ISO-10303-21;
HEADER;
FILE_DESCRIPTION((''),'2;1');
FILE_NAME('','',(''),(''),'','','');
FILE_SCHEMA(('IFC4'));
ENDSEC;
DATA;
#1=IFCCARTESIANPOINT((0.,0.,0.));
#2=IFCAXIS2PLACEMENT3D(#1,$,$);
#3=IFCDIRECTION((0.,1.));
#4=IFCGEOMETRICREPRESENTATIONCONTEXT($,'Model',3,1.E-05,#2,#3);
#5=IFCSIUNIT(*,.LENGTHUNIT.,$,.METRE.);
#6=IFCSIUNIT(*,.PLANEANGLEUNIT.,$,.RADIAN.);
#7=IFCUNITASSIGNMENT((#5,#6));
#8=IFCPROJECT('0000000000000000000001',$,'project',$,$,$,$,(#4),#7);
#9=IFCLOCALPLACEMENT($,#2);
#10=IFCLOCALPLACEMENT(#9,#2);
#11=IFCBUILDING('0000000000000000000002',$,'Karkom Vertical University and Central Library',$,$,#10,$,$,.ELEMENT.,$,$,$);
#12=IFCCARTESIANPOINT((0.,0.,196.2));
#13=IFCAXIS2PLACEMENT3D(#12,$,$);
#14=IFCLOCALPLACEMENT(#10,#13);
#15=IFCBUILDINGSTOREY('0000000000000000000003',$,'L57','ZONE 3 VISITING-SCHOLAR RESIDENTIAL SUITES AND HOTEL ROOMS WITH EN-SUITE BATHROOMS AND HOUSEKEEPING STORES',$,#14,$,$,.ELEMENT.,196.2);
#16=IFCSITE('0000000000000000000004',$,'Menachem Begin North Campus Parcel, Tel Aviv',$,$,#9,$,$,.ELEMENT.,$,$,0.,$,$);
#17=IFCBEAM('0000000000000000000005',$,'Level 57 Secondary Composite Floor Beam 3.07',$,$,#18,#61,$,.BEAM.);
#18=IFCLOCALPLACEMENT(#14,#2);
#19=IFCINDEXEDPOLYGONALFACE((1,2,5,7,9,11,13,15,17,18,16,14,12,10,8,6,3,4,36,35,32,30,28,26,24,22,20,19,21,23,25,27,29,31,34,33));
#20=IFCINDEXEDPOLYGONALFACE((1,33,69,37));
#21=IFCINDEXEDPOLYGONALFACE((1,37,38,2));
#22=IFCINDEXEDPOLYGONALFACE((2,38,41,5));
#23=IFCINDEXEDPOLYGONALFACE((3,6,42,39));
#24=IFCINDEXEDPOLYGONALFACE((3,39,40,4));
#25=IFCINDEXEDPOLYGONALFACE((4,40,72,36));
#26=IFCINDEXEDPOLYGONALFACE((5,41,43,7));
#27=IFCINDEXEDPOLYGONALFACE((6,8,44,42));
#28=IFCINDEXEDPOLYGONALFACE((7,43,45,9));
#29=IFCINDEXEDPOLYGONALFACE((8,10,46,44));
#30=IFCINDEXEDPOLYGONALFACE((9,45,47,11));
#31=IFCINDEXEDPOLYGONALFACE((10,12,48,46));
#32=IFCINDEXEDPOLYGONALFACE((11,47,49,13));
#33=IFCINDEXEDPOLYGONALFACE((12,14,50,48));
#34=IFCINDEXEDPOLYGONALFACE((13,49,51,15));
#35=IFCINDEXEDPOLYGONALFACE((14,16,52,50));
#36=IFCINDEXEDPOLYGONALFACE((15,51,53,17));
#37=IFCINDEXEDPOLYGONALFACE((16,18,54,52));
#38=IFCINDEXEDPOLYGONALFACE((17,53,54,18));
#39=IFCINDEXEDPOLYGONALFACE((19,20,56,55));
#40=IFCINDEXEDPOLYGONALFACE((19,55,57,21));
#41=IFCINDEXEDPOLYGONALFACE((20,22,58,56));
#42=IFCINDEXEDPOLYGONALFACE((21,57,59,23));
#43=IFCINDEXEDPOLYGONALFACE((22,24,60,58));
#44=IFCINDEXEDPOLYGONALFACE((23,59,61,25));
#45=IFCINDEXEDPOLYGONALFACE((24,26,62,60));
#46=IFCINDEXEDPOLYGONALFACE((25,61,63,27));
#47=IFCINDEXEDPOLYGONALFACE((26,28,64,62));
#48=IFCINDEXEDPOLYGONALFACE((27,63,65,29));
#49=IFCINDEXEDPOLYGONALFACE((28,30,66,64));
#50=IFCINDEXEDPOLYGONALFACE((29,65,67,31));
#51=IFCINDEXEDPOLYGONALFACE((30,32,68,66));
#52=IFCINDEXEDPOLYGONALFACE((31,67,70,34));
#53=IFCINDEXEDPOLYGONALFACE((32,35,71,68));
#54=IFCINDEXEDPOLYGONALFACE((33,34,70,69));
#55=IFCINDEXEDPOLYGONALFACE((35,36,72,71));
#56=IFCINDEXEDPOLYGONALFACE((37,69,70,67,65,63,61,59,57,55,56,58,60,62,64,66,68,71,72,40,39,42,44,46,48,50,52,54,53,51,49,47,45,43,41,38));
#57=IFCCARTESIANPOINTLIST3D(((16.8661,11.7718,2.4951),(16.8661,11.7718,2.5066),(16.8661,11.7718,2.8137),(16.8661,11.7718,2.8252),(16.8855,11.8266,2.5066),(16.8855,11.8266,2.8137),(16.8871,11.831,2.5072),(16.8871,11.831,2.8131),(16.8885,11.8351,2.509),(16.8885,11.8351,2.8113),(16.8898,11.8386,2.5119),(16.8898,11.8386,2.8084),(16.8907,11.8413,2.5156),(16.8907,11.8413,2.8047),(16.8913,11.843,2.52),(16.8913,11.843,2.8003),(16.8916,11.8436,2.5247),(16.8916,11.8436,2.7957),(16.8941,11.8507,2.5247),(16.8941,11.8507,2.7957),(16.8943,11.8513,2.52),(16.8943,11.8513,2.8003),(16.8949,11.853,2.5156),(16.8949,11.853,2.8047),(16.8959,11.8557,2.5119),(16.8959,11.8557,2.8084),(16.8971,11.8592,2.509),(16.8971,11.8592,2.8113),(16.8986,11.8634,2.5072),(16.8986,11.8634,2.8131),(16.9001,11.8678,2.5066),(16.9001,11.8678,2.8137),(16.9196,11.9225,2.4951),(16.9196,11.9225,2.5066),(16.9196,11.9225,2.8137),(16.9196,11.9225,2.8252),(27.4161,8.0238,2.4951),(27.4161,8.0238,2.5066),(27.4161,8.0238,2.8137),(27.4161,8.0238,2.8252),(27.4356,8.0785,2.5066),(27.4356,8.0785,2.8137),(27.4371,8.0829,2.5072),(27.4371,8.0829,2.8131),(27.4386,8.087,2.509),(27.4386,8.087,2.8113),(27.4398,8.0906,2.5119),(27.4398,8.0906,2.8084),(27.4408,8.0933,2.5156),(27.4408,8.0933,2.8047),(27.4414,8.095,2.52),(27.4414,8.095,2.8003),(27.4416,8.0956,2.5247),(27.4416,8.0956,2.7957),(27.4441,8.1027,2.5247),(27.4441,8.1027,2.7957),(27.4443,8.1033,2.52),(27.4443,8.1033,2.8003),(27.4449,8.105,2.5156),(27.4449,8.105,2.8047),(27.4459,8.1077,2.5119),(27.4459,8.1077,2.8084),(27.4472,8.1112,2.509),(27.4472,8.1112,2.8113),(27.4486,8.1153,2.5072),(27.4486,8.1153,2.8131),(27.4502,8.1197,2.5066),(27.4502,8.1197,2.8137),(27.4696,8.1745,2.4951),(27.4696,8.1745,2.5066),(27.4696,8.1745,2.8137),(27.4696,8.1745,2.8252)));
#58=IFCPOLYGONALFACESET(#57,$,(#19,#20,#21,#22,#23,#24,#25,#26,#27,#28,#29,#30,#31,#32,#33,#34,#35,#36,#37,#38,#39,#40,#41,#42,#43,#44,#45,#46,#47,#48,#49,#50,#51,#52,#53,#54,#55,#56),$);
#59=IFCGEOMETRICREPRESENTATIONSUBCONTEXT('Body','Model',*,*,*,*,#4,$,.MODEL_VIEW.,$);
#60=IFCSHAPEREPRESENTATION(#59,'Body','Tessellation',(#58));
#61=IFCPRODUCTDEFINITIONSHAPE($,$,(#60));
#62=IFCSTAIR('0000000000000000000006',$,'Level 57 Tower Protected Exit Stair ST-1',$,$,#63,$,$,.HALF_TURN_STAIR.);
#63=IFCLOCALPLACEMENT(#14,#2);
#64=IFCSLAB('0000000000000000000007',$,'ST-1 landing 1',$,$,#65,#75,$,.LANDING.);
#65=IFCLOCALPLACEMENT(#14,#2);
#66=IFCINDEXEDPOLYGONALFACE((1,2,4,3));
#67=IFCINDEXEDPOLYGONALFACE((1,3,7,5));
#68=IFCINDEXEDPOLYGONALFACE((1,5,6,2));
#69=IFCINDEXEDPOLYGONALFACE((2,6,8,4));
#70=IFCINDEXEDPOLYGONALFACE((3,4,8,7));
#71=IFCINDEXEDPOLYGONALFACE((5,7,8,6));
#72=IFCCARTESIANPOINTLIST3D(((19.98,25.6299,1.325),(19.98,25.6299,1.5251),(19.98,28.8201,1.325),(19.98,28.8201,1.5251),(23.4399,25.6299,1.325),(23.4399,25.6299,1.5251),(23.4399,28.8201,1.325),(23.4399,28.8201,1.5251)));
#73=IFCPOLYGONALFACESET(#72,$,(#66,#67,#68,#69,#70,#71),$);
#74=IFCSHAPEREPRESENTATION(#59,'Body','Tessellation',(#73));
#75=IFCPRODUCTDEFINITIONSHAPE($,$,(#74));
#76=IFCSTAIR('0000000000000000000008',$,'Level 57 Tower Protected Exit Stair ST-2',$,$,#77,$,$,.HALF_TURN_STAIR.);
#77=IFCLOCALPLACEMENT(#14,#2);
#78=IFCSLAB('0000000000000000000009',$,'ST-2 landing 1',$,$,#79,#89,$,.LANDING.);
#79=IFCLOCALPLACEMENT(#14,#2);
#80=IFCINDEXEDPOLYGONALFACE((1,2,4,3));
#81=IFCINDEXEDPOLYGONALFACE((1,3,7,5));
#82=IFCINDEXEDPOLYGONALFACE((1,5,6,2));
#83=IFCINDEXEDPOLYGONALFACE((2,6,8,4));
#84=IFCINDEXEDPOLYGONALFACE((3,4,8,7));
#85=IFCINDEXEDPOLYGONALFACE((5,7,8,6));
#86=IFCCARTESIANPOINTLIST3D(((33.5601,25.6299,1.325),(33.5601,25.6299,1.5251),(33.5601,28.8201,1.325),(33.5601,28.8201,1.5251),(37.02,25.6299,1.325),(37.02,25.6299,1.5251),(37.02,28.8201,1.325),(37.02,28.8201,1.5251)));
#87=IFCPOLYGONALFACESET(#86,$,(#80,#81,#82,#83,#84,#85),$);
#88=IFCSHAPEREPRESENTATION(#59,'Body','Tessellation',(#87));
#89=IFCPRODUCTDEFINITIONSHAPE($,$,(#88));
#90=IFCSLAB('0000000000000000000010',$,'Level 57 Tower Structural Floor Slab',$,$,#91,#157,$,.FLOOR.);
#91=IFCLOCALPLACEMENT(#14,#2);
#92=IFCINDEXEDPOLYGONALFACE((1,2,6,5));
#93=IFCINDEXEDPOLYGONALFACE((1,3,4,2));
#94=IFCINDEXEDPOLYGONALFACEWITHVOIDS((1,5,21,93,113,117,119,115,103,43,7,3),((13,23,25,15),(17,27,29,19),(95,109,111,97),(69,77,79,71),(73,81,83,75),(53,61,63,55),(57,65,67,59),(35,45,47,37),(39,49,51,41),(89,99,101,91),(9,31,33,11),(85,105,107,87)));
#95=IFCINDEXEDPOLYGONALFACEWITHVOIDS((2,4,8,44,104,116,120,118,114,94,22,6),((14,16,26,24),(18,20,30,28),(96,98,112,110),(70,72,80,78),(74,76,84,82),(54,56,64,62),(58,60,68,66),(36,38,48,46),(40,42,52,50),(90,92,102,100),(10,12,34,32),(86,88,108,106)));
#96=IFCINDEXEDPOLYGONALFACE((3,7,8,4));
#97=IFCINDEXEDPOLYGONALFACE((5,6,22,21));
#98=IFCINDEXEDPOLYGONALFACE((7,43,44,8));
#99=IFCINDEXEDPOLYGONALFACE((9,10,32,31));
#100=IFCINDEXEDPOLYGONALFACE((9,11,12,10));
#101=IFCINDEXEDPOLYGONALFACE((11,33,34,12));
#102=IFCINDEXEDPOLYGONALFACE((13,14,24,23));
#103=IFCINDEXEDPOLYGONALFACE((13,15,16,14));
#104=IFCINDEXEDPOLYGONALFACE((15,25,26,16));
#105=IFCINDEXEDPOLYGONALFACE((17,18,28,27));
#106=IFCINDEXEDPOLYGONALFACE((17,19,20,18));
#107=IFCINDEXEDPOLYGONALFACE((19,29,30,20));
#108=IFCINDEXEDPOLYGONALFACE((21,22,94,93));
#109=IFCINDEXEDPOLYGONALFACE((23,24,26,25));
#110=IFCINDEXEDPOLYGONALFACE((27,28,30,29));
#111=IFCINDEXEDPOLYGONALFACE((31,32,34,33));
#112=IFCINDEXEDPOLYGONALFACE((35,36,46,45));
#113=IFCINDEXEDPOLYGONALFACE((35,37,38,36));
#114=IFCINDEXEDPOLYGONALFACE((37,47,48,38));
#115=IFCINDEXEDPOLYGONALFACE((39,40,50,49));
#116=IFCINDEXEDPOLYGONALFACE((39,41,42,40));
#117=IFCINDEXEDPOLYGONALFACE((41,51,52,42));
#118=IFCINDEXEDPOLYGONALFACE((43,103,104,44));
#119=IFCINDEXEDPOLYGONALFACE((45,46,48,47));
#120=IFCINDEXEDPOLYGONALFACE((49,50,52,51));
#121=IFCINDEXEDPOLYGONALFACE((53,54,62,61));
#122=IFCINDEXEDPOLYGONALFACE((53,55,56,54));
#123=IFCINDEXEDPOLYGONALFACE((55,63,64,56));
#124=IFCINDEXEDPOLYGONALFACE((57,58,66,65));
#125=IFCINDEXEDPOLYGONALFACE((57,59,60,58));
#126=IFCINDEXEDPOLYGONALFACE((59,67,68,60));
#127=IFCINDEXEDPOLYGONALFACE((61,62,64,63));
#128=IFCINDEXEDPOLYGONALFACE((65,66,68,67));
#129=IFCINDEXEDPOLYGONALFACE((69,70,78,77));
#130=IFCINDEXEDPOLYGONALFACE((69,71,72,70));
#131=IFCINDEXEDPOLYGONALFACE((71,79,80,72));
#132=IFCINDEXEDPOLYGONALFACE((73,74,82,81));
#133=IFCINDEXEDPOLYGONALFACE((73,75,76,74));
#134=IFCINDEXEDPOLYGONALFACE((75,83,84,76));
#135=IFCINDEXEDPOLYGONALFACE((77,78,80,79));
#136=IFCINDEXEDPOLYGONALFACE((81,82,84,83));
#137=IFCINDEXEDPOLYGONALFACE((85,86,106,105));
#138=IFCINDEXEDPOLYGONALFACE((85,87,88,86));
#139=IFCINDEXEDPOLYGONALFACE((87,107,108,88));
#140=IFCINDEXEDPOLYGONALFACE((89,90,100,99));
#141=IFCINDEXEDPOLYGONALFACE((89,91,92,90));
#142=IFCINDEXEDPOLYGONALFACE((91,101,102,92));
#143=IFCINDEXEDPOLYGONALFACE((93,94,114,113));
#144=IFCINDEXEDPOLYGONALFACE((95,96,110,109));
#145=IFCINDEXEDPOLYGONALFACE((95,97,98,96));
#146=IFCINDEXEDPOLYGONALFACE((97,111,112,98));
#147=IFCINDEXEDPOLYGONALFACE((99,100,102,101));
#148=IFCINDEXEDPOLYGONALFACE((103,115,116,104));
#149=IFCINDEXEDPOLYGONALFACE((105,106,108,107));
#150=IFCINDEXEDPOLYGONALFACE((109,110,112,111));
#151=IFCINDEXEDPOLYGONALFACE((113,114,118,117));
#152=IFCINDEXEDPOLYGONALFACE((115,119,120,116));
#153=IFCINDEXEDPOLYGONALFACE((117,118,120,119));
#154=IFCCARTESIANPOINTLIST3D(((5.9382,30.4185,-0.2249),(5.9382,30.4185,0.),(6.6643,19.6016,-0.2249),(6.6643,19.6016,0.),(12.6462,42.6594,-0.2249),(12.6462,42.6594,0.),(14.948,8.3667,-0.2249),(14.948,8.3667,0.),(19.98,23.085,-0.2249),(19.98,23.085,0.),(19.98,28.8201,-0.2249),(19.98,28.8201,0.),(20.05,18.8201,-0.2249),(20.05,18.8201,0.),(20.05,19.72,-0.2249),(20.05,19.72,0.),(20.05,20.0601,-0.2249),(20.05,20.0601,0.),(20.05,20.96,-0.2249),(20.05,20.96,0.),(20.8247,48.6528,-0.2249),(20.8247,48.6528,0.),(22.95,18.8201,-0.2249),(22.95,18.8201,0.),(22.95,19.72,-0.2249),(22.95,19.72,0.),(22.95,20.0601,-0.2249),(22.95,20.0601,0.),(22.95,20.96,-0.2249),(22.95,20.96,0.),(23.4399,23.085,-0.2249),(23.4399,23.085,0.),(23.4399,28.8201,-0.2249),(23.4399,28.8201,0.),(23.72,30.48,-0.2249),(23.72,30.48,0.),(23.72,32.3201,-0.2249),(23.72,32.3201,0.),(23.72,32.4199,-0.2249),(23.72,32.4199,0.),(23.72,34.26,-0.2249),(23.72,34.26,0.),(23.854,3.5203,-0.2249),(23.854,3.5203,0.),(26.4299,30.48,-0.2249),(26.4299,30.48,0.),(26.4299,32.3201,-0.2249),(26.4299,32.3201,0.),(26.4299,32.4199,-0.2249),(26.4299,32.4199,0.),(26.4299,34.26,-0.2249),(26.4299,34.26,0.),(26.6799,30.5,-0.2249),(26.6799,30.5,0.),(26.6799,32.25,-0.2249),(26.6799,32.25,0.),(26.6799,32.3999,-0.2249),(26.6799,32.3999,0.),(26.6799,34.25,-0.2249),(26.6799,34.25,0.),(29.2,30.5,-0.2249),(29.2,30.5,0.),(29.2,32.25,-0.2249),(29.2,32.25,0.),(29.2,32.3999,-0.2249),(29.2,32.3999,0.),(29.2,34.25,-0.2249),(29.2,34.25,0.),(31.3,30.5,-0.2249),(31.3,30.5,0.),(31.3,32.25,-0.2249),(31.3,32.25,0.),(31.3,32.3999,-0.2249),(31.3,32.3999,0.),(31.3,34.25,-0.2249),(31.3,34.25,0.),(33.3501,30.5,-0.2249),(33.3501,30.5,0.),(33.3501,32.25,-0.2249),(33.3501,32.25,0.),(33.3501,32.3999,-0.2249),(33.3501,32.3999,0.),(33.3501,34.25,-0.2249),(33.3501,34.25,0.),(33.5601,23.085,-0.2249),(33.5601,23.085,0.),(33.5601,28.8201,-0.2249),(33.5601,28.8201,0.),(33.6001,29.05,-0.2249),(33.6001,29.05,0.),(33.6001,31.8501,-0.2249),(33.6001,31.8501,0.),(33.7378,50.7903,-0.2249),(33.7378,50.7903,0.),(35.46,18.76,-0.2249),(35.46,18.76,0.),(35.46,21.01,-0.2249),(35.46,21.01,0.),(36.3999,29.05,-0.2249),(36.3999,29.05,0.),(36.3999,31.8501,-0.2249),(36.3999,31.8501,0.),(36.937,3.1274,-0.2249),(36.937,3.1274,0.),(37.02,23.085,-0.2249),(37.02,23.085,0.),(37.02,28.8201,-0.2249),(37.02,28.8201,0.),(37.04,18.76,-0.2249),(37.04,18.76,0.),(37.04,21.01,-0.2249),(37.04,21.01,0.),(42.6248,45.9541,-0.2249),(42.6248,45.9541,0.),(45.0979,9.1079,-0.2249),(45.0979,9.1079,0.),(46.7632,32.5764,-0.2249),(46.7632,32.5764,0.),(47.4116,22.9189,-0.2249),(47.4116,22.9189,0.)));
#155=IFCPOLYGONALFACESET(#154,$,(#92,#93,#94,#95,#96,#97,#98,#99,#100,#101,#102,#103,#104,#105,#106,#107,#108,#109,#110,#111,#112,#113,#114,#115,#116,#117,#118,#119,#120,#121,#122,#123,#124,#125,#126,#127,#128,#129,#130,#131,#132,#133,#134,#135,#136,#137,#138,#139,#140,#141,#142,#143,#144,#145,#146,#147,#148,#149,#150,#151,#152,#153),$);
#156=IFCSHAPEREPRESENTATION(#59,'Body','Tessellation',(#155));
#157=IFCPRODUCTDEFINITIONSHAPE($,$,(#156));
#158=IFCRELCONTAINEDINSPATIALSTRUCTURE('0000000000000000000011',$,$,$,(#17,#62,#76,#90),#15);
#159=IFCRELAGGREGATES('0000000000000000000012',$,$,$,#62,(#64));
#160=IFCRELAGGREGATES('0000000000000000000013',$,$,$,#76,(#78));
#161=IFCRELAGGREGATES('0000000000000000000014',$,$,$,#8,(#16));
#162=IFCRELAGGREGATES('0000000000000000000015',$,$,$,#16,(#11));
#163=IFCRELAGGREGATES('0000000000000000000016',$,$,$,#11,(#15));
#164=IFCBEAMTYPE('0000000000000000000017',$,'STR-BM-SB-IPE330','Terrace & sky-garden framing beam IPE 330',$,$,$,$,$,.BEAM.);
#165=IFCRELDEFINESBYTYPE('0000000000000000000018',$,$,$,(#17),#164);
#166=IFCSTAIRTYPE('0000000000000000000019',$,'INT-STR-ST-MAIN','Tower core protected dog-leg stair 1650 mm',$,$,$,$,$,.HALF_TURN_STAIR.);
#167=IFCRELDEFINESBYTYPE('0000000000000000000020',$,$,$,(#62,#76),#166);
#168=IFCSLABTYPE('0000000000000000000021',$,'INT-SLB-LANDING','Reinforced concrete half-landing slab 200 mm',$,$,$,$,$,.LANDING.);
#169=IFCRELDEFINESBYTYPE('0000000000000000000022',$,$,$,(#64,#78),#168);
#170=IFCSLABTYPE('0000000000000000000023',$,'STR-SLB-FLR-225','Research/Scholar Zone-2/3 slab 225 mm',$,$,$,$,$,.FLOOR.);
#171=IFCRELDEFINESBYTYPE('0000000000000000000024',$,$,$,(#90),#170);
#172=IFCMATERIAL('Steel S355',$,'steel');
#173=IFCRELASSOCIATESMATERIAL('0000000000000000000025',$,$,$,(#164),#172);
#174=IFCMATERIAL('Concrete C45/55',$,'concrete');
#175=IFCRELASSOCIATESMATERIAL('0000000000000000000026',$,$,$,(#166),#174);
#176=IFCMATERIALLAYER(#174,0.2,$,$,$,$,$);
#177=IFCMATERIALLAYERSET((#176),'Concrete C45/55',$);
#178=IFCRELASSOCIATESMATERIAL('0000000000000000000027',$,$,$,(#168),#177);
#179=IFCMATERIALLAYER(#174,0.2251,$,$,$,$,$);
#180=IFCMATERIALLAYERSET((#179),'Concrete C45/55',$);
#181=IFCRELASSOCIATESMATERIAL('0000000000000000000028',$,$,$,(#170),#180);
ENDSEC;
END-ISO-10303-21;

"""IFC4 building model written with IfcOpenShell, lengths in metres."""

from ifc_helpers import new_model, si_unit, direction, frame, origin, origin_with_axes, origin_2d, place, context, subcontext, project, spatial, polyline, i_section, outline, extrude, source, transform, mapped, material, layer, layer_set, material_profile, profile_set, type_object, element, aggregate, save


model = new_model("IFC4")

# Units and contexts
model_context = context("Model", 3, precision=1e-05, world=origin(), true_north=direction((0.0, 1.0)))
body_context = subcontext(model_context, "Body", "Model", "MODEL_VIEW")
ifc_project = project(units=[si_unit("LENGTHUNIT", "METRE"), si_unit("PLANEANGLEUNIT", "RADIAN")], contexts=[model_context])

# Site, building, storey
site_placement = place(None, origin())
site = spatial("IfcSite", under=ifc_project, at=site_placement, Name="Menachem Begin North Campus Parcel, Tel Aviv", CompositionType="ELEMENT", RefElevation=0.0)
building_placement = place(site_placement, origin())
building = spatial("IfcBuilding", under=site, at=building_placement, Name="Karkom Vertical University and Central Library", CompositionType="ELEMENT")
storey_placement = place(building_placement, frame((0.0, 0.0, 196.2)))
storey = spatial("IfcBuildingStorey", under=building, at=storey_placement, Name="L57", Description="ZONE 3 VISITING-SCHOLAR RESIDENTIAL SUITES AND HOTEL ROOMS WITH EN-SUITE BATHROOMS AND HOUSEKEEPING STORES", CompositionType="ELEMENT", Elevation=196.2)

# Beam
ifc_material_1 = material(Name="Steel S355", Category="steel")
ifc_material_profile_1 = material_profile(ifc_material_1, i_section(OverallWidth=0.1599, OverallDepth=0.3301, WebThickness=0.0076, FlangeThickness=0.0115, FilletRadius=0.0181, at=origin_2d()), Name="IPE 330")
ifc_profile_set_1 = profile_set([ifc_material_profile_1], Name="Steel S355")
beam_type_1 = type_object("IfcBeamType", Name="STR-BM-SB-IPE330", Description="Terrace & sky-garden framing beam IPE 330", PredefinedType="BEAM", material=ifc_profile_set_1)
shared_shape_1 = source(origin_with_axes(), body_context, "Body", "SweptSolid", [
    extrude(i_section(OverallWidth=0.1599, OverallDepth=0.3301, WebThickness=0.0076, FlangeThickness=0.0115, FilletRadius=0.0181, at=origin_2d()), origin(), (0.0, 0.0, 1.0), 11.196),
])
beam_1_placement = place(storey_placement, frame((16.8928, 11.8472, 2.6602), z_axis=(0.942302, -0.334765, 0.0), x_axis=(0.334765, 0.942302, 0.0)))
element("IfcBeam", 1, at=beam_1_placement, inside=storey, type_object=beam_type_1, Name="Level 57 Secondary Composite Floor Beam 3.07", PredefinedType="BEAM", context=body_context, shape_type="MappedRepresentation", body=[
    mapped(shared_shape_1, transform((0.0, 0.0, 0.0), scale=1.0)),
])

# Stairs, slabs
ifc_material_2 = material(Name="Concrete C45/55", Category="concrete")
stair_type = type_object("IfcStairType", Name="INT-STR-ST-MAIN", Description="Tower core protected dog-leg stair 1650 mm", PredefinedType="HALF_TURN_STAIR", material=ifc_material_2)
stair_1_placement = place(storey_placement, origin())
stair_1 = element("IfcStair", 2, at=stair_1_placement, inside=storey, type_object=stair_type, Name="Level 57 Tower Protected Exit Stair ST-1", PredefinedType="HALF_TURN_STAIR")
ifc_layer_1 = layer(ifc_material_2, 0.2)
ifc_layer_set_1 = layer_set([ifc_layer_1], Name="Concrete C45/55")
slab_type_1 = type_object("IfcSlabType", Name="INT-SLB-LANDING", Description="Reinforced concrete half-landing slab 200 mm", PredefinedType="LANDING", material=ifc_layer_set_1)
slab_1_placement = place(storey_placement, frame((0.0, 0.0, 1.325)))
slab_1 = element("IfcSlab", 3, at=slab_1_placement, type_object=slab_type_1, Name="ST-1 landing 1", PredefinedType="LANDING", context=body_context, shape_type="SweptSolid", body=[
    extrude(outline(polyline([(23.4399, 25.6299), (23.4399, 28.8201), (19.98, 28.8201), (19.98, 25.6299), (23.4399, 25.6299)])), origin(), (0.0, 0.0, 1.0), 0.2002),
])
aggregate(stair_1, [slab_1])
stair_2_placement = place(storey_placement, origin())
stair_2 = element("IfcStair", 4, at=stair_2_placement, inside=storey, type_object=stair_type, Name="Level 57 Tower Protected Exit Stair ST-2", PredefinedType="HALF_TURN_STAIR")
slab_2_placement = place(storey_placement, frame((0.0, 0.0, 1.325)))
slab_2 = element("IfcSlab", 5, at=slab_2_placement, type_object=slab_type_1, Name="ST-2 landing 1", PredefinedType="LANDING", context=body_context, shape_type="SweptSolid", body=[
    extrude(outline(polyline([(37.02, 25.6299), (37.02, 28.8201), (33.5601, 28.8201), (33.5601, 25.6299), (37.02, 25.6299)])), origin(), (0.0, 0.0, 1.0), 0.2002),
])
aggregate(stair_2, [slab_2])

# Slab
ifc_layer_2 = layer(ifc_material_2, 0.2251)
ifc_layer_set_2 = layer_set([ifc_layer_2], Name="Concrete C45/55")
slab_type_2 = type_object("IfcSlabType", Name="STR-SLB-FLR-225", Description="Research/Scholar Zone-2/3 slab 225 mm", PredefinedType="FLOOR", material=ifc_layer_set_2)
slab_3_placement = place(storey_placement, frame((0.0, 0.0, -0.2249)))
element("IfcSlab", 6, at=slab_3_placement, inside=storey, type_object=slab_type_2, Name="Level 57 Tower Structural Floor Slab", PredefinedType="FLOOR", context=body_context, shape_type="SweptSolid", body=[
    extrude(outline(polyline([(5.9382, 30.4185), (6.6643, 19.6016), (14.948, 8.3667), (23.854, 3.5203), (36.937, 3.1274), (45.0979, 9.1079), (47.4116, 22.9189), (46.7632, 32.5764), (42.6248, 45.9541), (33.7378, 50.7903), (20.8247, 48.6528), (12.6462, 42.6594), (5.9382, 30.4185)]), holes=[polyline([(19.98, 23.085), (23.4399, 23.085), (23.4399, 28.8201), (19.98, 28.8201), (19.98, 23.085)]), polyline([(33.5601, 23.085), (37.02, 23.085), (37.02, 28.8201), (33.5601, 28.8201), (33.5601, 23.085)]), polyline([(26.6799, 30.5), (29.2, 30.5), (29.2, 32.25), (26.6799, 32.25), (26.6799, 30.5)]), polyline([(26.6799, 32.3999), (29.2, 32.3999), (29.2, 34.25), (26.6799, 34.25), (26.6799, 32.3999)]), polyline([(31.3, 30.5), (33.3501, 30.5), (33.3501, 32.25), (31.3, 32.25), (31.3, 30.5)]), polyline([(31.3, 32.3999), (33.3501, 32.3999), (33.3501, 34.25), (31.3, 34.25), (31.3, 32.3999)]), polyline([(23.72, 30.48), (26.4299, 30.48), (26.4299, 32.3201), (23.72, 32.3201), (23.72, 30.48)]), polyline([(23.72, 32.4199), (26.4299, 32.4199), (26.4299, 34.26), (23.72, 34.26), (23.72, 32.4199)]), polyline([(33.6001, 29.05), (36.3999, 29.05), (36.3999, 31.8501), (33.6001, 31.8501), (33.6001, 29.05)]), polyline([(20.05, 18.8201), (22.95, 18.8201), (22.95, 19.72), (20.05, 19.72), (20.05, 18.8201)]), polyline([(20.05, 20.0601), (22.95, 20.0601), (22.95, 20.96), (20.05, 20.96), (20.05, 20.0601)]), polyline([(35.46, 18.76), (37.04, 18.76), (37.04, 21.01), (35.46, 21.01), (35.46, 18.76)])]), origin(), (0.0, 0.0, 1.0), 0.2249),
])

save(model, "model.ifc")
